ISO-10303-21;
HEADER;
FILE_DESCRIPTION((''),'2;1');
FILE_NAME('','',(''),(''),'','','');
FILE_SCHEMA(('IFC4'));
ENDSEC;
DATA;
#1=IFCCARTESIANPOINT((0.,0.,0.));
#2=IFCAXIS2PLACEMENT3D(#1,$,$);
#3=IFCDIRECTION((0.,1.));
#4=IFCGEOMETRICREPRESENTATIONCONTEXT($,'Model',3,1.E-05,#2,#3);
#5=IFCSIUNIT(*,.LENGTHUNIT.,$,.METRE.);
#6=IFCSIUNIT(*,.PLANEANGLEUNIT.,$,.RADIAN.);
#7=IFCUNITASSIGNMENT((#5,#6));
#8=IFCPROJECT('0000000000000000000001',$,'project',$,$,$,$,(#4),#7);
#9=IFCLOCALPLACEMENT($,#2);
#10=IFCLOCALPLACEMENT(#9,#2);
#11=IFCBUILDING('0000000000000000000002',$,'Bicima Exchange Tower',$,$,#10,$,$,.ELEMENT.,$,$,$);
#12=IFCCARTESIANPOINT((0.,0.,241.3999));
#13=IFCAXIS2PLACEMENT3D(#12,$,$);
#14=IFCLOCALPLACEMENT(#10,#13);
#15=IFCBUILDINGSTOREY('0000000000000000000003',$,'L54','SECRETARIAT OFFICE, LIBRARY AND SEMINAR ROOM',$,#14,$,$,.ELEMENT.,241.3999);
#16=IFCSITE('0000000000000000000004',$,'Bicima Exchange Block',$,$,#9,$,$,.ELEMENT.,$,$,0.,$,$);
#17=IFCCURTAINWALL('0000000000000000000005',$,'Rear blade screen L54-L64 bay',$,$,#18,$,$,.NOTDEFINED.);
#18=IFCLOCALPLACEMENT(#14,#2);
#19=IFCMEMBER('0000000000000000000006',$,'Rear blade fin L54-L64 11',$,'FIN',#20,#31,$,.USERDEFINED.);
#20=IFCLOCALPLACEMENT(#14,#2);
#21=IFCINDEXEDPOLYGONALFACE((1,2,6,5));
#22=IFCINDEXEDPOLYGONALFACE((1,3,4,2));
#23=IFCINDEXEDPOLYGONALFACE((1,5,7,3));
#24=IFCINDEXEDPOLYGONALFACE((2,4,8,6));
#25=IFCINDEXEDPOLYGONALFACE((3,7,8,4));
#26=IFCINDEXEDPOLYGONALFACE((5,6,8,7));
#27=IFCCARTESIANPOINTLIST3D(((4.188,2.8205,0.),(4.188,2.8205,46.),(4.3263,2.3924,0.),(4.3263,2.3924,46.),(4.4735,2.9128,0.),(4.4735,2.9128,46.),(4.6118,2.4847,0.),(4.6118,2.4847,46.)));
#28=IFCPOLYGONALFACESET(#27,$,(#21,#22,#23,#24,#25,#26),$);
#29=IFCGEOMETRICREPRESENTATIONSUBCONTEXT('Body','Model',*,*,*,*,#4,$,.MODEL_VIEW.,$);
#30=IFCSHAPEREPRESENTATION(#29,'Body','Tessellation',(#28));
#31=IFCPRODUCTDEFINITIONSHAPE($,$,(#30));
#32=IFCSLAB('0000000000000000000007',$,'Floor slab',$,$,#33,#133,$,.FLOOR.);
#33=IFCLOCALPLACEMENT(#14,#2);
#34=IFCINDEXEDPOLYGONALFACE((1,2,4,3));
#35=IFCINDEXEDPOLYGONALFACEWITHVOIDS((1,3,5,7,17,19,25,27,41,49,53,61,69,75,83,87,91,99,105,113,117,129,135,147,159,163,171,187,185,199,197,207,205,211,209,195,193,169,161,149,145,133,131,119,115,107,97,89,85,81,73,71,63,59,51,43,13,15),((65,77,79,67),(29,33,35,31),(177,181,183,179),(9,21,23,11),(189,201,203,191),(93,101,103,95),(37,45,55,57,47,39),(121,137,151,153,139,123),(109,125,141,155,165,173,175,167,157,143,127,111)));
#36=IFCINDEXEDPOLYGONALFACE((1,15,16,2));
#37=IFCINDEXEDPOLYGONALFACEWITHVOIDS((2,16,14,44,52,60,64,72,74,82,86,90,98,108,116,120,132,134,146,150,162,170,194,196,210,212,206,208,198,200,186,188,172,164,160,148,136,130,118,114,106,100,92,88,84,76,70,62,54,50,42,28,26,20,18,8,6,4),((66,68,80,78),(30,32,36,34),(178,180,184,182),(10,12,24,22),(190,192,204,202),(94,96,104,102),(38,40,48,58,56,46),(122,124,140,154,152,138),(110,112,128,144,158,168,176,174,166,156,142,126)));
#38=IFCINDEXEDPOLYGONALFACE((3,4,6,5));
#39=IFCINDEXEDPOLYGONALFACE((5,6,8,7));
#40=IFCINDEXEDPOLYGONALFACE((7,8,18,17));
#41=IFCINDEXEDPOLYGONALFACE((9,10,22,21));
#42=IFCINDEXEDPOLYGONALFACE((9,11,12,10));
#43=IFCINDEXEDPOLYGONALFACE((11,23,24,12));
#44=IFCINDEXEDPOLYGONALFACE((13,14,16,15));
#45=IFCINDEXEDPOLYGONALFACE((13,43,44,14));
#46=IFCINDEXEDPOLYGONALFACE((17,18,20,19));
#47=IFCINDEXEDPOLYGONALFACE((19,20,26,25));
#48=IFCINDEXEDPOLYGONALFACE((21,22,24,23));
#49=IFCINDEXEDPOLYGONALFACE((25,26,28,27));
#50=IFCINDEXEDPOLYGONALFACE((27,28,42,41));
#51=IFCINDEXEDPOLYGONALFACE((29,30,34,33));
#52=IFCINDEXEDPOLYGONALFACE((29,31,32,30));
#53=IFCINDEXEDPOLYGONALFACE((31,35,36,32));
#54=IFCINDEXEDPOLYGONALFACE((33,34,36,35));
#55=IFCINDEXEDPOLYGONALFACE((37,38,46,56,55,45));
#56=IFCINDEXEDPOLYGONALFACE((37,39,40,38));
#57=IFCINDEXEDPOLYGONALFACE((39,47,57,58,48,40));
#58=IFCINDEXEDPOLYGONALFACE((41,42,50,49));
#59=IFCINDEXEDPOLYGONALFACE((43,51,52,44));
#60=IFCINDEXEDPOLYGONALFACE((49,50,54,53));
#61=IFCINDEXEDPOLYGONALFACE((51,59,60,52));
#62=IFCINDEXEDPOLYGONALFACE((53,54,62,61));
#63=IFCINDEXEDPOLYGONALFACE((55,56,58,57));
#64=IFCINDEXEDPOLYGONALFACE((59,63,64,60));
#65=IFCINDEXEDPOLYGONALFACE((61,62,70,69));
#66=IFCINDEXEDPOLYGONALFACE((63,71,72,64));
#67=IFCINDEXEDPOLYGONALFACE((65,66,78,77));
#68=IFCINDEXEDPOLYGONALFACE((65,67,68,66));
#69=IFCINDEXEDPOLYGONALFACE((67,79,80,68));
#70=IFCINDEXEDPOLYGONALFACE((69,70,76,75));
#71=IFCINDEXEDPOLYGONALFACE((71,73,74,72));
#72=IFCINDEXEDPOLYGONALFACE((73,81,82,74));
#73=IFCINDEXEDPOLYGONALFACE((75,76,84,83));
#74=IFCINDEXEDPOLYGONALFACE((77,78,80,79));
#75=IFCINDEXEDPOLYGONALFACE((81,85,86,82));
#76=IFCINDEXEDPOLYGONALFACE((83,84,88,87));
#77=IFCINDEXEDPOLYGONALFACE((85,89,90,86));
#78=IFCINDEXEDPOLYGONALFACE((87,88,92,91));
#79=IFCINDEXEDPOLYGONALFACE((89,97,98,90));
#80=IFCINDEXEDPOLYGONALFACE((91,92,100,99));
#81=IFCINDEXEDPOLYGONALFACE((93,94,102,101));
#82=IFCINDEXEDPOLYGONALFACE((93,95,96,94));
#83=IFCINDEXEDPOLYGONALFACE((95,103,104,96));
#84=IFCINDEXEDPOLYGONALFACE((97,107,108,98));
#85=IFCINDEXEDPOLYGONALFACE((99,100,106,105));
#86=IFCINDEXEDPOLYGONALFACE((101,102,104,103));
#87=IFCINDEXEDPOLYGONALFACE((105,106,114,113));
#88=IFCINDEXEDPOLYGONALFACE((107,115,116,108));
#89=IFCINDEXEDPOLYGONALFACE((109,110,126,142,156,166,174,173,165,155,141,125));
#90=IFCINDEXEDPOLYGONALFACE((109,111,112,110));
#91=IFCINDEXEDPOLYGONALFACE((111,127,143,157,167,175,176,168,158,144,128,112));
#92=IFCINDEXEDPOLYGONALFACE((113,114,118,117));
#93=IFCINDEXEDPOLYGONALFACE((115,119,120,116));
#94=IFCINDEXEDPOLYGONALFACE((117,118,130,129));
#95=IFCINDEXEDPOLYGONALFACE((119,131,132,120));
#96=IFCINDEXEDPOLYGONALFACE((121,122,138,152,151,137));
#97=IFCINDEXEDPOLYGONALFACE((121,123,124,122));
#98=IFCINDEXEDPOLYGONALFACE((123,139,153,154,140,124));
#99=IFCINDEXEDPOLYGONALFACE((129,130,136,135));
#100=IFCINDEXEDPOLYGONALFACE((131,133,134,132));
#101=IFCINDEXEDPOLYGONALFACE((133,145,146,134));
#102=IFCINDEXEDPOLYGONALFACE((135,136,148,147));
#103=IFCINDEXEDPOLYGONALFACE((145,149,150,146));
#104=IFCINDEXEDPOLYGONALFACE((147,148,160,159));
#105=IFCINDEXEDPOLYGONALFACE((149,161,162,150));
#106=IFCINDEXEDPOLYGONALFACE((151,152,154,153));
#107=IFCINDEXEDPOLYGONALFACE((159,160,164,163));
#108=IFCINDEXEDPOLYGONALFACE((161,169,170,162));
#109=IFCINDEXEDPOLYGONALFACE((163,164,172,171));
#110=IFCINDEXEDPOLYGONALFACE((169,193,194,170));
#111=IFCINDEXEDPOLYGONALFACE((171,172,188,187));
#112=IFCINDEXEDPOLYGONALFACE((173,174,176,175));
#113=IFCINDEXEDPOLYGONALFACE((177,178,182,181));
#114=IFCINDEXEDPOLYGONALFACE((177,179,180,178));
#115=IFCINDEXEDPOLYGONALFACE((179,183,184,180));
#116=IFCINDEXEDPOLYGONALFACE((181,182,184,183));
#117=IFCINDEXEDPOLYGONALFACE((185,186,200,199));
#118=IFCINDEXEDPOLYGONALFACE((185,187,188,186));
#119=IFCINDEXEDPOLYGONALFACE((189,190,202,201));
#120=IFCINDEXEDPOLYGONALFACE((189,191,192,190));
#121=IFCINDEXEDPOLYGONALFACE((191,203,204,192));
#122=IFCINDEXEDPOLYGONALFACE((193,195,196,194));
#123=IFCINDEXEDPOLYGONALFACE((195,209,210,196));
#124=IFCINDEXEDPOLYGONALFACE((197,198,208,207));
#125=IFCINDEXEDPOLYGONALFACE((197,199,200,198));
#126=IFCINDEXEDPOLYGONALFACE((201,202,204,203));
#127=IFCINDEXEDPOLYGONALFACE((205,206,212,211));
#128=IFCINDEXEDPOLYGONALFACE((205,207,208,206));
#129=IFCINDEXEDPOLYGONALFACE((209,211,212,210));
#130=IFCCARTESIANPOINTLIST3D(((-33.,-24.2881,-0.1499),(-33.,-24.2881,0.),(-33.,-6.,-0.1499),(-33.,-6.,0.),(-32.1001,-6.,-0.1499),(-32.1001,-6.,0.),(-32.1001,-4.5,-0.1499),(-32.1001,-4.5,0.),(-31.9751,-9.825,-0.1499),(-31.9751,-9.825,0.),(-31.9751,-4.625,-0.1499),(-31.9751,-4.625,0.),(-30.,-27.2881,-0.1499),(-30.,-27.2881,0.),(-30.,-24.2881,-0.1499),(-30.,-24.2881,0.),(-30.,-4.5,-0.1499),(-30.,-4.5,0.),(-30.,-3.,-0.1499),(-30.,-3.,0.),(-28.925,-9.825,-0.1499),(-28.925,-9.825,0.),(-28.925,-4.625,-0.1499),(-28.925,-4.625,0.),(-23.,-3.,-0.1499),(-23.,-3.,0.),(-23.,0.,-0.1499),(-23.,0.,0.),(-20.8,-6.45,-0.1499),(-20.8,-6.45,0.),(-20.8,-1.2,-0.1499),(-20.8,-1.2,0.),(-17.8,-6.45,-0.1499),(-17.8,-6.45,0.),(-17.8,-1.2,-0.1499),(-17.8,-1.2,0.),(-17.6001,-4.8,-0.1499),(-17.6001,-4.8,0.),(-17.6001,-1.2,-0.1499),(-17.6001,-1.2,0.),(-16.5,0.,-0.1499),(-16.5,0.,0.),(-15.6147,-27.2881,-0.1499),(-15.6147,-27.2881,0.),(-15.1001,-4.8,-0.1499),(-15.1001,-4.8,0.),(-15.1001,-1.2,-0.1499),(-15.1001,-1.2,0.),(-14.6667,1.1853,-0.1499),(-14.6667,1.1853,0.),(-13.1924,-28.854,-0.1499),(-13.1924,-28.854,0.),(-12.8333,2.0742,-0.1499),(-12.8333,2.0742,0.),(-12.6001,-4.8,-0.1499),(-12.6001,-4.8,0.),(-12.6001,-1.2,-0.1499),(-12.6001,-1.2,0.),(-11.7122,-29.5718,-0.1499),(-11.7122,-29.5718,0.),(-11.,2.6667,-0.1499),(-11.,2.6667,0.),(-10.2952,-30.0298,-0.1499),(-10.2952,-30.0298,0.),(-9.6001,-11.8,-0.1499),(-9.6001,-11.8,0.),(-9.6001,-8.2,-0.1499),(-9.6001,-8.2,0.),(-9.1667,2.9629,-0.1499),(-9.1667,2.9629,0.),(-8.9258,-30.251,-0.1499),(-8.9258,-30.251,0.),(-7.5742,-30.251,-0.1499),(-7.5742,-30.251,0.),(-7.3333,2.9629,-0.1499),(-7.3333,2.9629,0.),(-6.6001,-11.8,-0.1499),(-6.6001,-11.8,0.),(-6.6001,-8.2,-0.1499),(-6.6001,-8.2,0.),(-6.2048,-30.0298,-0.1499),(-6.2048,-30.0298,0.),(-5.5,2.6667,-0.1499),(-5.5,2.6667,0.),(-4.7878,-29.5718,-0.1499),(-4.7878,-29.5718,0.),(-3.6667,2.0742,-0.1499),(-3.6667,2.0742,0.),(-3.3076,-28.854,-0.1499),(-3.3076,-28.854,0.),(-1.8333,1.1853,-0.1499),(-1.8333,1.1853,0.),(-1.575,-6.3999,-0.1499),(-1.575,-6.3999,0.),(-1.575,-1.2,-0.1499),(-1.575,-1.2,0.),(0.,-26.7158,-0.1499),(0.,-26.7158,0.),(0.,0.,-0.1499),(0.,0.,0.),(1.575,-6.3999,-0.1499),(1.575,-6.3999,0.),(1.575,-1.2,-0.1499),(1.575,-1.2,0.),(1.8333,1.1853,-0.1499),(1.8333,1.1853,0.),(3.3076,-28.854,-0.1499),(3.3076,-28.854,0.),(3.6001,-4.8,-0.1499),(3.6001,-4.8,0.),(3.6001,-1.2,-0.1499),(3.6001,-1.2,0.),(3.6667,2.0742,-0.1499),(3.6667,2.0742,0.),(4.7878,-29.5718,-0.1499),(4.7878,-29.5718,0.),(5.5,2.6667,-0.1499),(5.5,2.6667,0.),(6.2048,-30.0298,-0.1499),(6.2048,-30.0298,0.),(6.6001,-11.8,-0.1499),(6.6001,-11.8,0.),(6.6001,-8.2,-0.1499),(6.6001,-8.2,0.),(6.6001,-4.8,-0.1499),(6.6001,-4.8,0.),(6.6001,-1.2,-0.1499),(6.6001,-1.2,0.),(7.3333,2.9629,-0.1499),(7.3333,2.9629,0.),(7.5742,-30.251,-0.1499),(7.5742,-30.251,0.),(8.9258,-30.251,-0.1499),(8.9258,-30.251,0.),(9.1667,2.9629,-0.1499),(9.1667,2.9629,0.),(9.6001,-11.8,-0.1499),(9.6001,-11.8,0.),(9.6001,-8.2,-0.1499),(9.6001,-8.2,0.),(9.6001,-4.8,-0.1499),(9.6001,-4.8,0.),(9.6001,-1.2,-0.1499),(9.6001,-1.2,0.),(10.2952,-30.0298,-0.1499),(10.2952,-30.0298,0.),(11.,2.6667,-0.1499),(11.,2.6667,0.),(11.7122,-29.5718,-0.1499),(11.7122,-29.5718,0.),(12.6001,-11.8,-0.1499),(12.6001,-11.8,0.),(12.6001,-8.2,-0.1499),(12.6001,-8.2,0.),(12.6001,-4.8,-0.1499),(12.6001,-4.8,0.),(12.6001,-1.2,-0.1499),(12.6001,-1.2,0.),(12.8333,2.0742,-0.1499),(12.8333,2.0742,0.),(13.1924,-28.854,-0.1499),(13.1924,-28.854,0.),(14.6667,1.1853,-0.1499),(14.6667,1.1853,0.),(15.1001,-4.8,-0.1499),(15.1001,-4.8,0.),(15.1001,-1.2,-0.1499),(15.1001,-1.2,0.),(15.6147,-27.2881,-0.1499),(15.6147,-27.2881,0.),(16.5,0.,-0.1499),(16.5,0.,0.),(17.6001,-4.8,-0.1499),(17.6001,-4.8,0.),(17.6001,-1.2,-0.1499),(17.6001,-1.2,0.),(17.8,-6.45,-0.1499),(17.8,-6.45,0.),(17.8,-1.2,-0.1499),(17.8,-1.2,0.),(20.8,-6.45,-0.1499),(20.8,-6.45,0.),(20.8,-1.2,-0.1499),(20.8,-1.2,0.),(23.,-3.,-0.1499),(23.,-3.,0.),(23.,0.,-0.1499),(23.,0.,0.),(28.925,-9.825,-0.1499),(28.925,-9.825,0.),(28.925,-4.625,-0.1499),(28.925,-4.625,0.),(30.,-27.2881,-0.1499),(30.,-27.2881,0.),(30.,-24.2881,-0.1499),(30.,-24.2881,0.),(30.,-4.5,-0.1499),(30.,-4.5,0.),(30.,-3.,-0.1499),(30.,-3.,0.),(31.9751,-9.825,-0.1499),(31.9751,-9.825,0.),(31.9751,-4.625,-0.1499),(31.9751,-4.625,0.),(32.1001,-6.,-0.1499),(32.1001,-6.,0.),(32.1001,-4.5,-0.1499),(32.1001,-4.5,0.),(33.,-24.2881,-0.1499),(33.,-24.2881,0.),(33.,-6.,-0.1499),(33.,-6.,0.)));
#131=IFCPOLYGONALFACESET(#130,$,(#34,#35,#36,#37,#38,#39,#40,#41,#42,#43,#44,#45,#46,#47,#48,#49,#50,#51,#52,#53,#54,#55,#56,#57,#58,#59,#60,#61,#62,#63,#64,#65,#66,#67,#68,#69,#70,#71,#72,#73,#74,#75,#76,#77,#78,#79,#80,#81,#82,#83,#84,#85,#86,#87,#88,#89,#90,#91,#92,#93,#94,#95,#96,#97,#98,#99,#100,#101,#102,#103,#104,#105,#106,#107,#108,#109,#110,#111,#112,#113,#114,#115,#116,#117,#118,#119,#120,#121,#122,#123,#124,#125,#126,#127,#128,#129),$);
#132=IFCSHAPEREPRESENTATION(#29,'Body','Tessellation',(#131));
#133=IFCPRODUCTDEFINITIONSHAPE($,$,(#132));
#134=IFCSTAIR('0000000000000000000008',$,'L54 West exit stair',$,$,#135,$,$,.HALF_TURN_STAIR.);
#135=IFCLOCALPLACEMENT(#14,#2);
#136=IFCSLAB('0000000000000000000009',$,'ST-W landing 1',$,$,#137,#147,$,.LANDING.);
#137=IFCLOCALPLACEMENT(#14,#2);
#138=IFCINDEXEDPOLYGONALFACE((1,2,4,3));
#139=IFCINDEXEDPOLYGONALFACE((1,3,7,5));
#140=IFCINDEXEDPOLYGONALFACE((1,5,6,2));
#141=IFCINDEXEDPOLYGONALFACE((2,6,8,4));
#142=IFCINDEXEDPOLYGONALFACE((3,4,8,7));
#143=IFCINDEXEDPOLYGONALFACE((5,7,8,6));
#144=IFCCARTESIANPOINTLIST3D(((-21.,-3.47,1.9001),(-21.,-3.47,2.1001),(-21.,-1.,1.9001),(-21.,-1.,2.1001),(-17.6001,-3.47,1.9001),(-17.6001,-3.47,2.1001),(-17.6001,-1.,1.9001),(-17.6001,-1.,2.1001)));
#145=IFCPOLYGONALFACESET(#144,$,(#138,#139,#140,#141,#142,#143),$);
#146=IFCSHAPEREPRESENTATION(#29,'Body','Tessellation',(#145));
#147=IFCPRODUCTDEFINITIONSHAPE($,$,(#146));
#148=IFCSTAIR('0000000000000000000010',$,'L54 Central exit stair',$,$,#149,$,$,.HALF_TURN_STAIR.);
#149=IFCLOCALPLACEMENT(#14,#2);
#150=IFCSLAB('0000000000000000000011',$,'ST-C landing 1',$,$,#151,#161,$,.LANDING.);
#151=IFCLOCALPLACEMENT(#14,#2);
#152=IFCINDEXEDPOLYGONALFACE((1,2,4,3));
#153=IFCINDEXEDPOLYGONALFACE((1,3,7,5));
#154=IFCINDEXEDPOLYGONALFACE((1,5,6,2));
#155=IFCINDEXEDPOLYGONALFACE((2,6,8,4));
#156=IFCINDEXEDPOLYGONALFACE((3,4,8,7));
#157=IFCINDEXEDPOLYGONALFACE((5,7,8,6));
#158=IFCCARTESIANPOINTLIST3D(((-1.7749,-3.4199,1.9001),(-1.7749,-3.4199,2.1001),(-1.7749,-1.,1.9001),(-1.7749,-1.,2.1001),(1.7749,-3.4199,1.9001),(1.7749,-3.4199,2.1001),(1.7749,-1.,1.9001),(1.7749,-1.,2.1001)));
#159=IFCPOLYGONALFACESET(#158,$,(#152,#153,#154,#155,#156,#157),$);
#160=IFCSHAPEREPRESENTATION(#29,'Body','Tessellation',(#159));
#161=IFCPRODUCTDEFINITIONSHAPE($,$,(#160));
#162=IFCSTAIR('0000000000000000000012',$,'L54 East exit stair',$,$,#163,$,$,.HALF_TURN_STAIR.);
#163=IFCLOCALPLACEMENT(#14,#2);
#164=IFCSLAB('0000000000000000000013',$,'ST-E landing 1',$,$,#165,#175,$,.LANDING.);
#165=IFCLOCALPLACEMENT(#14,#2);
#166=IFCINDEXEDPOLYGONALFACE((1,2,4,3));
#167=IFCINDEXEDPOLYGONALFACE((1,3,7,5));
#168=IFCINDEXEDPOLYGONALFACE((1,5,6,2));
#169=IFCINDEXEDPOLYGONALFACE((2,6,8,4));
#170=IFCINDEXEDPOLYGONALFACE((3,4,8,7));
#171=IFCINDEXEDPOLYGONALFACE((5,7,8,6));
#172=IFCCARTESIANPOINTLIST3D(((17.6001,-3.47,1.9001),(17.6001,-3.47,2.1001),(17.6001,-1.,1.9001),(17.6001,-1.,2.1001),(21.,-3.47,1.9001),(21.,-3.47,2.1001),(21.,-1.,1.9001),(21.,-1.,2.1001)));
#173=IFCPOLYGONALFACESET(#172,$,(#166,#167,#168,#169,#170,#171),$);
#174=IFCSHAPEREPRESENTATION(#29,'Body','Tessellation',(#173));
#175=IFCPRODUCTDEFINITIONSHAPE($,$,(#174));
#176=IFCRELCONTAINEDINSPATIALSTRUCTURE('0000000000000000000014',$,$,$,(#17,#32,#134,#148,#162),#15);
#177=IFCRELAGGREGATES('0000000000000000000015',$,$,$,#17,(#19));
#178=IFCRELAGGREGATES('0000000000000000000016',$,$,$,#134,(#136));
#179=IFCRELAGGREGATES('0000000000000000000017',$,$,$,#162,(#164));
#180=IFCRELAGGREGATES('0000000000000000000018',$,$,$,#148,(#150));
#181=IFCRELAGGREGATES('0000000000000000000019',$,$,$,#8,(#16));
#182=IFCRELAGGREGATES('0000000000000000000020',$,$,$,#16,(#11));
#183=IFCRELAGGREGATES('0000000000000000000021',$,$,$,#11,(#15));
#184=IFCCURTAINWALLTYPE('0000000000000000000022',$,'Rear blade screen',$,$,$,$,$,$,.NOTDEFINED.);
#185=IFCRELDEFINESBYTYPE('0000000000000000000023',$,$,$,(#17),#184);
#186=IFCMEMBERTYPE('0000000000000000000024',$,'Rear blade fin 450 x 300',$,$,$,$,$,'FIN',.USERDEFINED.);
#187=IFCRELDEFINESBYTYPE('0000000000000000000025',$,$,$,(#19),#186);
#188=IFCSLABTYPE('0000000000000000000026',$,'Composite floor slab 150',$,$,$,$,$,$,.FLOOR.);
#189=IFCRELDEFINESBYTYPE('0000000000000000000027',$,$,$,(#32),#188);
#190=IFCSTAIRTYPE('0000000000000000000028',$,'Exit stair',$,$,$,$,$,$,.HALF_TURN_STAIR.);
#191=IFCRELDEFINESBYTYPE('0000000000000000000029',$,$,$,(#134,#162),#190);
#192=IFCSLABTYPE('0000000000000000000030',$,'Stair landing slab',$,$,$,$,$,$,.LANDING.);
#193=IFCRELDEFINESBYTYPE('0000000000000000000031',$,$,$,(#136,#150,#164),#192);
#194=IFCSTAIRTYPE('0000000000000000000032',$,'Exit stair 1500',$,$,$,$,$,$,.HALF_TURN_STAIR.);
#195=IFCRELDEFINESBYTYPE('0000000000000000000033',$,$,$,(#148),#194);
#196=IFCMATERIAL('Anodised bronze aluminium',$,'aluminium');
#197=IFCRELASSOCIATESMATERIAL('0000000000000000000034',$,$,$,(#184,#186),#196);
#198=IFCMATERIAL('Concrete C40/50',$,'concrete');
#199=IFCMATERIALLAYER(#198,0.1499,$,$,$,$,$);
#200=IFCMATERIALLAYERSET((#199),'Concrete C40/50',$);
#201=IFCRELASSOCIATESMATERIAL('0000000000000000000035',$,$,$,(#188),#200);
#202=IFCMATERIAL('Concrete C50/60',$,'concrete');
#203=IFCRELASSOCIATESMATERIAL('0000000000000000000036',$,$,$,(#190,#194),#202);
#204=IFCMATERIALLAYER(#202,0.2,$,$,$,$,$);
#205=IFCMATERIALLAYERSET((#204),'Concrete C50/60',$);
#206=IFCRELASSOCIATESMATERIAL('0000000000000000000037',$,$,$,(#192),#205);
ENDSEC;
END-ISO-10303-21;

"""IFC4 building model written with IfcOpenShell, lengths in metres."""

from ifc_helpers import new_model, si_unit, direction, frame, origin, origin_2d, place, context, subcontext, project, spatial, polyline, rectangle, outline, extrude, material, layer, layer_set, material_profile, profile_set, type_object, element, aggregate, save


model = new_model("IFC4")

# Units and contexts
model_context = context("Model", 3, precision=1e-05, world=origin(), true_north=direction((0.0, 1.0)))
body_context = subcontext(model_context, "Body", "Model", "MODEL_VIEW")
ifc_project = project(units=[si_unit("LENGTHUNIT", "METRE"), si_unit("PLANEANGLEUNIT", "RADIAN")], contexts=[model_context])

# Site, building, storey
site_placement = place(None, origin())
site = spatial("IfcSite", under=ifc_project, at=site_placement, Name="Bicima Exchange Block", CompositionType="ELEMENT", RefElevation=0.0)
building_placement = place(site_placement, origin())
building = spatial("IfcBuilding", under=site, at=building_placement, Name="Bicima Exchange Tower", CompositionType="ELEMENT")
storey_placement = place(building_placement, frame((0.0, 0.0, 241.3999)))
storey = spatial("IfcBuildingStorey", under=building, at=storey_placement, Name="L54", Description="SECRETARIAT OFFICE, LIBRARY AND SEMINAR ROOM", CompositionType="ELEMENT", Elevation=241.3999)

# Curtain wall, member
ifc_material_1 = material(Name="Anodised bronze aluminium", Category="aluminium")
curtain_wall_type = type_object("IfcCurtainWallType", Name="Rear blade screen", PredefinedType="NOTDEFINED", material=ifc_material_1)
curtain_wall_placement = place(storey_placement, origin())
curtain_wall = element("IfcCurtainWall", 1, at=curtain_wall_placement, inside=storey, type_object=curtain_wall_type, Name="Rear blade screen L54-L64 bay", PredefinedType="NOTDEFINED")
ifc_material_profile = material_profile(ifc_material_1, rectangle(XDim=0.45, YDim=0.3, at=origin_2d()))
ifc_profile_set = profile_set([ifc_material_profile], Name="Anodised bronze aluminium")
member_type = type_object("IfcMemberType", Name="Rear blade fin 450 x 300", ElementType="FIN", PredefinedType="USERDEFINED", material=ifc_profile_set)
member_placement = place(storey_placement, frame((4.3999, 2.6526, 0.0), z_axis=(0.0, 0.0, 1.0), x_axis=(-0.307568, 0.951526, 0.0)))
member = element("IfcMember", 2, at=member_placement, type_object=member_type, Name="Rear blade fin L54-L64 11", ObjectType="FIN", PredefinedType="USERDEFINED", context=body_context, shape_type="SweptSolid", body=[
    extrude(rectangle(XDim=0.45, YDim=0.3, at=origin_2d()), origin(), (0.0, 0.0, 1.0), 46.0),
])
aggregate(curtain_wall, [member])

# Slab
ifc_material_2 = material(Name="Concrete C40/50", Category="concrete")
ifc_layer_1 = layer(ifc_material_2, 0.1499)
ifc_layer_set_1 = layer_set([ifc_layer_1], Name="Concrete C40/50")
slab_type_1 = type_object("IfcSlabType", Name="Composite floor slab 150", PredefinedType="FLOOR", material=ifc_layer_set_1)
slab_1_placement = place(storey_placement, frame((0.0, 0.0, -0.1499)))
element("IfcSlab", 3, at=slab_1_placement, inside=storey, type_object=slab_type_1, Name="Floor slab", PredefinedType="FLOOR", context=body_context, shape_type="SweptSolid", body=[
    extrude(outline(polyline([(30.0, -27.2881), (15.6147, -27.2881), (13.1924, -28.854), (11.7122, -29.5718), (10.2952, -30.0298), (8.9258, -30.251), (7.5742, -30.251), (6.2048, -30.0298), (4.7878, -29.5718), (3.3076, -28.854), (0.0, -26.7158), (-3.3076, -28.854), (-4.7878, -29.5718), (-6.2048, -30.0298), (-7.5742, -30.251), (-8.9258, -30.251), (-10.2952, -30.0298), (-11.7122, -29.5718), (-13.1924, -28.854), (-15.6147, -27.2881), (-30.0, -27.2881), (-30.0, -24.2881), (-33.0, -24.2881), (-33.0, -6.0), (-32.1001, -6.0), (-32.1001, -4.5), (-30.0, -4.5), (-30.0, -3.0), (-23.0, -3.0), (-23.0, 0.0), (-16.5, 0.0), (-14.6667, 1.1853), (-12.8333, 2.0742), (-11.0, 2.6667), (-9.1667, 2.9629), (-7.3333, 2.9629), (-5.5, 2.6667), (-3.6667, 2.0742), (-1.8333, 1.1853), (0.0, 0.0), (1.8333, 1.1853), (3.6667, 2.0742), (5.5, 2.6667), (7.3333, 2.9629), (9.1667, 2.9629), (11.0, 2.6667), (12.8333, 2.0742), (14.6667, 1.1853), (16.5, 0.0), (23.0, 0.0), (23.0, -3.0), (30.0, -3.0), (30.0, -4.5), (32.1001, -4.5), (32.1001, -6.0), (33.0, -6.0), (33.0, -24.2881), (30.0, -24.2881), (30.0, -27.2881)]), holes=[polyline([(-6.6001, -11.8), (-6.6001, -8.2), (-9.6001, -8.2), (-9.6001, -11.8), (-6.6001, -11.8)]), polyline([(-31.9751, -9.825), (-28.925, -9.825), (-28.925, -4.625), (-31.9751, -4.625), (-31.9751, -9.825)]), polyline([(-20.8, -6.45), (-17.8, -6.45), (-17.8, -1.2), (-20.8, -1.2), (-20.8, -6.45)]), polyline([(-1.575, -6.3999), (1.575, -6.3999), (1.575, -1.2), (-1.575, -1.2), (-1.575, -6.3999)]), polyline([(-17.6001, -1.2), (-17.6001, -4.8), (-15.1001, -4.8), (-12.6001, -4.8), (-12.6001, -1.2), (-15.1001, -1.2), (-17.6001, -1.2)]), polyline([(3.6001, -4.8), (6.6001, -4.8), (9.6001, -4.8), (12.6001, -4.8), (15.1001, -4.8), (17.6001, -4.8), (17.6001, -1.2), (15.1001, -1.2), (12.6001, -1.2), (9.6001, -1.2), (6.6001, -1.2), (3.6001, -1.2), (3.6001, -4.8)]), polyline([(6.6001, -8.2), (6.6001, -11.8), (9.6001, -11.8), (12.6001, -11.8), (12.6001, -8.2), (9.6001, -8.2), (6.6001, -8.2)]), polyline([(28.925, -9.825), (31.9751, -9.825), (31.9751, -4.625), (28.925, -4.625), (28.925, -9.825)]), polyline([(17.8, -6.45), (20.8, -6.45), (20.8, -1.2), (17.8, -1.2), (17.8, -6.45)])]), origin(), (0.0, 0.0, 1.0), 0.1499),
])

# Stairs, slabs
ifc_material_3 = material(Name="Concrete C50/60", Category="concrete")
stair_type_1 = type_object("IfcStairType", Name="Exit stair", PredefinedType="HALF_TURN_STAIR", material=ifc_material_3)
stair_1_placement = place(storey_placement, origin())
stair_1 = element("IfcStair", 4, at=stair_1_placement, inside=storey, type_object=stair_type_1, Name="L54 West exit stair", PredefinedType="HALF_TURN_STAIR")
ifc_layer_2 = layer(ifc_material_3, 0.2)
ifc_layer_set_2 = layer_set([ifc_layer_2], Name="Concrete C50/60")
slab_type_2 = type_object("IfcSlabType", Name="Stair landing slab", PredefinedType="LANDING", material=ifc_layer_set_2)
slab_2_placement = place(storey_placement, frame((0.0, 0.0, 1.9001)))
slab_2 = element("IfcSlab", 5, at=slab_2_placement, type_object=slab_type_2, Name="ST-W landing 1", PredefinedType="LANDING", context=body_context, shape_type="SweptSolid", body=[
    extrude(outline(polyline([(-17.6001, -3.47), (-17.6001, -1.0), (-21.0, -1.0), (-21.0, -3.47), (-17.6001, -3.47)])), origin(), (0.0, 0.0, 1.0), 0.2),
])
aggregate(stair_1, [slab_2])
stair_type_2 = type_object("IfcStairType", Name="Exit stair 1500", PredefinedType="HALF_TURN_STAIR", material=ifc_material_3)
stair_2_placement = place(storey_placement, origin())
stair_2 = element("IfcStair", 6, at=stair_2_placement, inside=storey, type_object=stair_type_2, Name="L54 Central exit stair", PredefinedType="HALF_TURN_STAIR")
slab_3_placement = place(storey_placement, frame((0.0, 0.0, 1.9001)))
slab_3 = element("IfcSlab", 7, at=slab_3_placement, type_object=slab_type_2, Name="ST-C landing 1", PredefinedType="LANDING", context=body_context, shape_type="SweptSolid", body=[
    extrude(outline(polyline([(1.7749, -3.4199), (1.7749, -1.0), (-1.7749, -1.0), (-1.7749, -3.4199), (1.7749, -3.4199)])), origin(), (0.0, 0.0, 1.0), 0.2),
])
stair_3_placement = place(storey_placement, origin())
stair_3 = element("IfcStair", 8, at=stair_3_placement, inside=storey, type_object=stair_type_1, Name="L54 East exit stair", PredefinedType="HALF_TURN_STAIR")
slab_4_placement = place(storey_placement, frame((0.0, 0.0, 1.9001)))
slab_4 = element("IfcSlab", 9, at=slab_4_placement, type_object=slab_type_2, Name="ST-E landing 1", PredefinedType="LANDING", context=body_context, shape_type="SweptSolid", body=[
    extrude(outline(polyline([(21.0, -3.47), (21.0, -1.0), (17.6001, -1.0), (17.6001, -3.47), (21.0, -3.47)])), origin(), (0.0, 0.0, 1.0), 0.2),
])
aggregate(stair_3, [slab_4])

aggregate(stair_2, [slab_3])

save(model, "model.ifc")
